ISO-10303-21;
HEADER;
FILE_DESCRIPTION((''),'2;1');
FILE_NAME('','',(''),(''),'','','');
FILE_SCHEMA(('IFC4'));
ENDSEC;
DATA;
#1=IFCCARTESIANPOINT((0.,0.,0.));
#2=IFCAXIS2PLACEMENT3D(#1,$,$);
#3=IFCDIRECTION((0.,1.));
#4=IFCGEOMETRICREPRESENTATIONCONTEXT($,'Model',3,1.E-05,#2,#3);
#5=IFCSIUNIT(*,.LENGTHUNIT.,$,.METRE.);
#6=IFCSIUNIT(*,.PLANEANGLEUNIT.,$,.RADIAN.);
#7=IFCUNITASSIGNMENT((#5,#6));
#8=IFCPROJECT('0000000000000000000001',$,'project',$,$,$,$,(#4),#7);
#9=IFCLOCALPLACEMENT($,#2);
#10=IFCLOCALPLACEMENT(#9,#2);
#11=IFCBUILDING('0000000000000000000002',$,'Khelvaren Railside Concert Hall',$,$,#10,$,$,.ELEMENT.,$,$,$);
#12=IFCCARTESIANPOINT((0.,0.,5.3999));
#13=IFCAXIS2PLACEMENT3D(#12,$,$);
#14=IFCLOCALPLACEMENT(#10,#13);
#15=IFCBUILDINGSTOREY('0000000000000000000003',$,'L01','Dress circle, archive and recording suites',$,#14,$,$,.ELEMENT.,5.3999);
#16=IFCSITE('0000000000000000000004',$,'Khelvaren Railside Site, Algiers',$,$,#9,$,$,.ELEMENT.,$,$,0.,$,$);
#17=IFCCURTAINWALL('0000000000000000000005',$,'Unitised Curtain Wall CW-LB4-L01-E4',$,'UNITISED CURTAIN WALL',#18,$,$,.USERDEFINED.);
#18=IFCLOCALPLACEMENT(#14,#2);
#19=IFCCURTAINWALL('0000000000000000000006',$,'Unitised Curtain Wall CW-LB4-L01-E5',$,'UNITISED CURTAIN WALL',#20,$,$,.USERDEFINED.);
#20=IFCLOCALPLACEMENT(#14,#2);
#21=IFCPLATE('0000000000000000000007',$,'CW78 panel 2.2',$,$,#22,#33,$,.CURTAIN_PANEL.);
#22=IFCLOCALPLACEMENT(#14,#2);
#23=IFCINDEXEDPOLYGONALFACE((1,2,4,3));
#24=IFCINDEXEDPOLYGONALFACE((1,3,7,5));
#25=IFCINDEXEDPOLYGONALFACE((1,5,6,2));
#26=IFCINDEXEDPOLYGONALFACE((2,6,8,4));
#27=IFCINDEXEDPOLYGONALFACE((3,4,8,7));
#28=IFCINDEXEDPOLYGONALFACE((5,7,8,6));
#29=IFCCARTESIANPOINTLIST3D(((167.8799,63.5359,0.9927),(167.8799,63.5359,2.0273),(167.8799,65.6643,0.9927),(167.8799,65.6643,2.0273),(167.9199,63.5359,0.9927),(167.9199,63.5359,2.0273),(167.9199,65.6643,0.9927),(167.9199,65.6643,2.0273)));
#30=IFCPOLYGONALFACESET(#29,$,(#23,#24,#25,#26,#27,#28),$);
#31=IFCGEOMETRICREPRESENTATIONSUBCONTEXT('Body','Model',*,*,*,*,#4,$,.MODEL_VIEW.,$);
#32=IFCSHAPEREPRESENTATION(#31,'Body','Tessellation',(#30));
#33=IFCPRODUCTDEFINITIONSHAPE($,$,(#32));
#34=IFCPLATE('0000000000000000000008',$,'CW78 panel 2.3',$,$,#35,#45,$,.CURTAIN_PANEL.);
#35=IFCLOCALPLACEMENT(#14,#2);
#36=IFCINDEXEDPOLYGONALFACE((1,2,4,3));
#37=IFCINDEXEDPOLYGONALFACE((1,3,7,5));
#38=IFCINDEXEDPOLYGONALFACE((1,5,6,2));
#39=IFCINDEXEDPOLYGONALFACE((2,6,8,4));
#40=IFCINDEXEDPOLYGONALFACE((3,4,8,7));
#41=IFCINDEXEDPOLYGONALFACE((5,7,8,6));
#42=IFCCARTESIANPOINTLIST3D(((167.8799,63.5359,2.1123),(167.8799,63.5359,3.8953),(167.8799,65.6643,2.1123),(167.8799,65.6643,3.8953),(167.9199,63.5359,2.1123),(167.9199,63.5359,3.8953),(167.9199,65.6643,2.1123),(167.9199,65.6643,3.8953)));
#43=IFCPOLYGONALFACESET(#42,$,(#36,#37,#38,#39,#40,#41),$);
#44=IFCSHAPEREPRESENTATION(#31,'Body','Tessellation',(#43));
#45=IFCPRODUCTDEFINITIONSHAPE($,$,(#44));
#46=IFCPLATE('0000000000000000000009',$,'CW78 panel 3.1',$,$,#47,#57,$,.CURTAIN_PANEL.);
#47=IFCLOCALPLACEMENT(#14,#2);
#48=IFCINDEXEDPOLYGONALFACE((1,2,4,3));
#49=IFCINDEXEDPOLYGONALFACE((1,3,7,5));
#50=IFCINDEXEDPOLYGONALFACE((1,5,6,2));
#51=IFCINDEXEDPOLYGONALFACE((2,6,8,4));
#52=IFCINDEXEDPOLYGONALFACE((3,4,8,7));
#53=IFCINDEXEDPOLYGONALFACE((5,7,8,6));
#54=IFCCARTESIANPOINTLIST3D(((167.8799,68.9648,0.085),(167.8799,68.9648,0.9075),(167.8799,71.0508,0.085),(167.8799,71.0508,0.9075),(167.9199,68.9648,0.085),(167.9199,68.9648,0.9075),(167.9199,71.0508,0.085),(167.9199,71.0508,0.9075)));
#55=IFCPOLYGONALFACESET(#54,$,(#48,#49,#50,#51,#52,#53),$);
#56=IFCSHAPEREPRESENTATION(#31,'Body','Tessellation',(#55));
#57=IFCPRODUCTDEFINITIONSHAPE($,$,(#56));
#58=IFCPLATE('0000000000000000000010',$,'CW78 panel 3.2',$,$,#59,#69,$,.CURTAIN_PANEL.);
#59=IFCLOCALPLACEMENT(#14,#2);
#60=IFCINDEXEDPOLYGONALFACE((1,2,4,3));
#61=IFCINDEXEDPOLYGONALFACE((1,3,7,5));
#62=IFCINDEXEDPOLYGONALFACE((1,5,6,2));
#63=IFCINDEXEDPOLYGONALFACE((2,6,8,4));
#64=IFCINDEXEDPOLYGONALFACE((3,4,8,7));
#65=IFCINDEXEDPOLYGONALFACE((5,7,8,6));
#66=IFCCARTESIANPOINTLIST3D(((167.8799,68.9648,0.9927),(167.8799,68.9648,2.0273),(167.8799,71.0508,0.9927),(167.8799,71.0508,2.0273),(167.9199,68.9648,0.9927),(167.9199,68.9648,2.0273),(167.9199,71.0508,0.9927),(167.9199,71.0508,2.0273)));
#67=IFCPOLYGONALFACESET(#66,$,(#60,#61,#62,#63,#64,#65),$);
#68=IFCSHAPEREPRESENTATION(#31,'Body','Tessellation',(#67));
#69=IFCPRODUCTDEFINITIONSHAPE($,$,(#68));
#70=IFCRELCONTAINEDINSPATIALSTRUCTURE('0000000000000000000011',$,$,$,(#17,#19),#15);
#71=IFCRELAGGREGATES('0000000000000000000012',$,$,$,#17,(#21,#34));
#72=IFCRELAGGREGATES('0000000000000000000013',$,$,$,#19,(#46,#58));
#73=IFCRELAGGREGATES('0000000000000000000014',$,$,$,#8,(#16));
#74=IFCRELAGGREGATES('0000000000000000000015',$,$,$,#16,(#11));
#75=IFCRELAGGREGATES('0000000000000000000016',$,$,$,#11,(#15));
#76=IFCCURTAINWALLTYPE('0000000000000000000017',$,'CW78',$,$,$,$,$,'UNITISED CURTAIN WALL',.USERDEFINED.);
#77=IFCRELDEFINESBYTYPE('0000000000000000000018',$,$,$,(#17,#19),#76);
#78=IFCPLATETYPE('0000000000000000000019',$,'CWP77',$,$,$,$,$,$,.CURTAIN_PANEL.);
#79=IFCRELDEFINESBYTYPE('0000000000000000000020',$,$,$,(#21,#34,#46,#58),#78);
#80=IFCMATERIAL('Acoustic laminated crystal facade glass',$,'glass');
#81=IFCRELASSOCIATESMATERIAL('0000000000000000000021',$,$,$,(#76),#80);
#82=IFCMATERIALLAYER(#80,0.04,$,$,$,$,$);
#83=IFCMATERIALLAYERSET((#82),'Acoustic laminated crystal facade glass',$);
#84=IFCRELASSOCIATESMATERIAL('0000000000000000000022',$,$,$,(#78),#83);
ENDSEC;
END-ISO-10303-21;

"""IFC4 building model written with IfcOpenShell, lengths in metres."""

from ifc_helpers import new_model, si_unit, direction, frame, origin, origin_2d, place, context, subcontext, project, spatial, rectangle, extrude, material, layer, layer_set, type_object, element, aggregate, save


model = new_model("IFC4")

# Units and contexts
model_context = context("Model", 3, precision=1e-05, world=origin(), true_north=direction((0.0, 1.0)))
body_context = subcontext(model_context, "Body", "Model", "MODEL_VIEW")
ifc_project = project(units=[si_unit("LENGTHUNIT", "METRE"), si_unit("PLANEANGLEUNIT", "RADIAN")], contexts=[model_context])

# Site, building, storey
site_placement = place(None, origin())
site = spatial("IfcSite", under=ifc_project, at=site_placement, Name="Khelvaren Railside Site, Algiers", CompositionType="ELEMENT", RefElevation=0.0)
building_placement = place(site_placement, origin())
building = spatial("IfcBuilding", under=site, at=building_placement, Name="Khelvaren Railside Concert Hall", CompositionType="ELEMENT")
storey_placement = place(building_placement, frame((0.0, 0.0, 5.3999)))
storey = spatial("IfcBuildingStorey", under=building, at=storey_placement, Name="L01", Description="Dress circle, archive and recording suites", CompositionType="ELEMENT", Elevation=5.3999)

# Curtain wall
ifc_material_1 = material(Name="Acoustic laminated crystal facade glass", Category="glass")
curtain_wall_type = type_object("IfcCurtainWallType", Name="CW78", ElementType="UNITISED CURTAIN WALL", PredefinedType="USERDEFINED", material=ifc_material_1)
curtain_wall_1_placement = place(storey_placement, origin())
curtain_wall_1 = element("IfcCurtainWall", 1, at=curtain_wall_1_placement, inside=storey, type_object=curtain_wall_type, Name="Unitised Curtain Wall CW-LB4-L01-E4", ObjectType="UNITISED CURTAIN WALL", PredefinedType="USERDEFINED")

# Curtain wall
curtain_wall_2_placement = place(storey_placement, origin())
curtain_wall_2 = element("IfcCurtainWall", 2, at=curtain_wall_2_placement, inside=storey, type_object=curtain_wall_type, Name="Unitised Curtain Wall CW-LB4-L01-E5", ObjectType="UNITISED CURTAIN WALL", PredefinedType="USERDEFINED")

# Plates
ifc_layer = layer(ifc_material_1, 0.04)
ifc_layer_set = layer_set([ifc_layer], Name="Acoustic laminated crystal facade glass")
plate_type = type_object("IfcPlateType", Name="CWP77", PredefinedType="CURTAIN_PANEL", material=ifc_layer_set)
plate_1_placement = place(storey_placement, frame((167.8999, 64.6001, 0.9927), z_axis=(0.0, 0.0, 1.0), x_axis=(0.0, -1.0, 0.0)))
plate_1 = element("IfcPlate", 3, at=plate_1_placement, type_object=plate_type, Name="CW78 panel 2.2", PredefinedType="CURTAIN_PANEL", context=body_context, shape_type="SweptSolid", body=[
    extrude(rectangle(XDim=2.1284, YDim=0.04, at=origin_2d()), origin(), (0.0, 0.0, 1.0), 1.0347),
])
plate_2_placement = place(storey_placement, frame((167.8999, 64.6001, 2.1123), z_axis=(0.0, 0.0, 1.0), x_axis=(0.0, -1.0, 0.0)))
plate_2 = element("IfcPlate", 4, at=plate_2_placement, type_object=plate_type, Name="CW78 panel 2.3", PredefinedType="CURTAIN_PANEL", context=body_context, shape_type="SweptSolid", body=[
    extrude(rectangle(XDim=2.1284, YDim=0.04, at=origin_2d()), origin(), (0.0, 0.0, 1.0), 1.783),
])
aggregate(curtain_wall_1, [plate_1, plate_2])
plate_3_placement = place(storey_placement, frame((167.8999, 70.0078, 0.085), z_axis=(0.0, 0.0, 1.0), x_axis=(0.0, -1.0, 0.0)))
plate_3 = element("IfcPlate", 5, at=plate_3_placement, type_object=plate_type, Name="CW78 panel 3.1", PredefinedType="CURTAIN_PANEL", context=body_context, shape_type="SweptSolid", body=[
    extrude(rectangle(XDim=2.0859, YDim=0.04, at=origin_2d()), origin(), (0.0, 0.0, 1.0), 0.8225),
])
plate_4_placement = place(storey_placement, frame((167.8999, 70.0078, 0.9927), z_axis=(0.0, 0.0, 1.0), x_axis=(0.0, -1.0, 0.0)))
plate_4 = element("IfcPlate", 6, at=plate_4_placement, type_object=plate_type, Name="CW78 panel 3.2", PredefinedType="CURTAIN_PANEL", context=body_context, shape_type="SweptSolid", body=[
    extrude(rectangle(XDim=2.0859, YDim=0.04, at=origin_2d()), origin(), (0.0, 0.0, 1.0), 1.0347),
])
aggregate(curtain_wall_2, [plate_3, plate_4])

save(model, "model.ifc")
